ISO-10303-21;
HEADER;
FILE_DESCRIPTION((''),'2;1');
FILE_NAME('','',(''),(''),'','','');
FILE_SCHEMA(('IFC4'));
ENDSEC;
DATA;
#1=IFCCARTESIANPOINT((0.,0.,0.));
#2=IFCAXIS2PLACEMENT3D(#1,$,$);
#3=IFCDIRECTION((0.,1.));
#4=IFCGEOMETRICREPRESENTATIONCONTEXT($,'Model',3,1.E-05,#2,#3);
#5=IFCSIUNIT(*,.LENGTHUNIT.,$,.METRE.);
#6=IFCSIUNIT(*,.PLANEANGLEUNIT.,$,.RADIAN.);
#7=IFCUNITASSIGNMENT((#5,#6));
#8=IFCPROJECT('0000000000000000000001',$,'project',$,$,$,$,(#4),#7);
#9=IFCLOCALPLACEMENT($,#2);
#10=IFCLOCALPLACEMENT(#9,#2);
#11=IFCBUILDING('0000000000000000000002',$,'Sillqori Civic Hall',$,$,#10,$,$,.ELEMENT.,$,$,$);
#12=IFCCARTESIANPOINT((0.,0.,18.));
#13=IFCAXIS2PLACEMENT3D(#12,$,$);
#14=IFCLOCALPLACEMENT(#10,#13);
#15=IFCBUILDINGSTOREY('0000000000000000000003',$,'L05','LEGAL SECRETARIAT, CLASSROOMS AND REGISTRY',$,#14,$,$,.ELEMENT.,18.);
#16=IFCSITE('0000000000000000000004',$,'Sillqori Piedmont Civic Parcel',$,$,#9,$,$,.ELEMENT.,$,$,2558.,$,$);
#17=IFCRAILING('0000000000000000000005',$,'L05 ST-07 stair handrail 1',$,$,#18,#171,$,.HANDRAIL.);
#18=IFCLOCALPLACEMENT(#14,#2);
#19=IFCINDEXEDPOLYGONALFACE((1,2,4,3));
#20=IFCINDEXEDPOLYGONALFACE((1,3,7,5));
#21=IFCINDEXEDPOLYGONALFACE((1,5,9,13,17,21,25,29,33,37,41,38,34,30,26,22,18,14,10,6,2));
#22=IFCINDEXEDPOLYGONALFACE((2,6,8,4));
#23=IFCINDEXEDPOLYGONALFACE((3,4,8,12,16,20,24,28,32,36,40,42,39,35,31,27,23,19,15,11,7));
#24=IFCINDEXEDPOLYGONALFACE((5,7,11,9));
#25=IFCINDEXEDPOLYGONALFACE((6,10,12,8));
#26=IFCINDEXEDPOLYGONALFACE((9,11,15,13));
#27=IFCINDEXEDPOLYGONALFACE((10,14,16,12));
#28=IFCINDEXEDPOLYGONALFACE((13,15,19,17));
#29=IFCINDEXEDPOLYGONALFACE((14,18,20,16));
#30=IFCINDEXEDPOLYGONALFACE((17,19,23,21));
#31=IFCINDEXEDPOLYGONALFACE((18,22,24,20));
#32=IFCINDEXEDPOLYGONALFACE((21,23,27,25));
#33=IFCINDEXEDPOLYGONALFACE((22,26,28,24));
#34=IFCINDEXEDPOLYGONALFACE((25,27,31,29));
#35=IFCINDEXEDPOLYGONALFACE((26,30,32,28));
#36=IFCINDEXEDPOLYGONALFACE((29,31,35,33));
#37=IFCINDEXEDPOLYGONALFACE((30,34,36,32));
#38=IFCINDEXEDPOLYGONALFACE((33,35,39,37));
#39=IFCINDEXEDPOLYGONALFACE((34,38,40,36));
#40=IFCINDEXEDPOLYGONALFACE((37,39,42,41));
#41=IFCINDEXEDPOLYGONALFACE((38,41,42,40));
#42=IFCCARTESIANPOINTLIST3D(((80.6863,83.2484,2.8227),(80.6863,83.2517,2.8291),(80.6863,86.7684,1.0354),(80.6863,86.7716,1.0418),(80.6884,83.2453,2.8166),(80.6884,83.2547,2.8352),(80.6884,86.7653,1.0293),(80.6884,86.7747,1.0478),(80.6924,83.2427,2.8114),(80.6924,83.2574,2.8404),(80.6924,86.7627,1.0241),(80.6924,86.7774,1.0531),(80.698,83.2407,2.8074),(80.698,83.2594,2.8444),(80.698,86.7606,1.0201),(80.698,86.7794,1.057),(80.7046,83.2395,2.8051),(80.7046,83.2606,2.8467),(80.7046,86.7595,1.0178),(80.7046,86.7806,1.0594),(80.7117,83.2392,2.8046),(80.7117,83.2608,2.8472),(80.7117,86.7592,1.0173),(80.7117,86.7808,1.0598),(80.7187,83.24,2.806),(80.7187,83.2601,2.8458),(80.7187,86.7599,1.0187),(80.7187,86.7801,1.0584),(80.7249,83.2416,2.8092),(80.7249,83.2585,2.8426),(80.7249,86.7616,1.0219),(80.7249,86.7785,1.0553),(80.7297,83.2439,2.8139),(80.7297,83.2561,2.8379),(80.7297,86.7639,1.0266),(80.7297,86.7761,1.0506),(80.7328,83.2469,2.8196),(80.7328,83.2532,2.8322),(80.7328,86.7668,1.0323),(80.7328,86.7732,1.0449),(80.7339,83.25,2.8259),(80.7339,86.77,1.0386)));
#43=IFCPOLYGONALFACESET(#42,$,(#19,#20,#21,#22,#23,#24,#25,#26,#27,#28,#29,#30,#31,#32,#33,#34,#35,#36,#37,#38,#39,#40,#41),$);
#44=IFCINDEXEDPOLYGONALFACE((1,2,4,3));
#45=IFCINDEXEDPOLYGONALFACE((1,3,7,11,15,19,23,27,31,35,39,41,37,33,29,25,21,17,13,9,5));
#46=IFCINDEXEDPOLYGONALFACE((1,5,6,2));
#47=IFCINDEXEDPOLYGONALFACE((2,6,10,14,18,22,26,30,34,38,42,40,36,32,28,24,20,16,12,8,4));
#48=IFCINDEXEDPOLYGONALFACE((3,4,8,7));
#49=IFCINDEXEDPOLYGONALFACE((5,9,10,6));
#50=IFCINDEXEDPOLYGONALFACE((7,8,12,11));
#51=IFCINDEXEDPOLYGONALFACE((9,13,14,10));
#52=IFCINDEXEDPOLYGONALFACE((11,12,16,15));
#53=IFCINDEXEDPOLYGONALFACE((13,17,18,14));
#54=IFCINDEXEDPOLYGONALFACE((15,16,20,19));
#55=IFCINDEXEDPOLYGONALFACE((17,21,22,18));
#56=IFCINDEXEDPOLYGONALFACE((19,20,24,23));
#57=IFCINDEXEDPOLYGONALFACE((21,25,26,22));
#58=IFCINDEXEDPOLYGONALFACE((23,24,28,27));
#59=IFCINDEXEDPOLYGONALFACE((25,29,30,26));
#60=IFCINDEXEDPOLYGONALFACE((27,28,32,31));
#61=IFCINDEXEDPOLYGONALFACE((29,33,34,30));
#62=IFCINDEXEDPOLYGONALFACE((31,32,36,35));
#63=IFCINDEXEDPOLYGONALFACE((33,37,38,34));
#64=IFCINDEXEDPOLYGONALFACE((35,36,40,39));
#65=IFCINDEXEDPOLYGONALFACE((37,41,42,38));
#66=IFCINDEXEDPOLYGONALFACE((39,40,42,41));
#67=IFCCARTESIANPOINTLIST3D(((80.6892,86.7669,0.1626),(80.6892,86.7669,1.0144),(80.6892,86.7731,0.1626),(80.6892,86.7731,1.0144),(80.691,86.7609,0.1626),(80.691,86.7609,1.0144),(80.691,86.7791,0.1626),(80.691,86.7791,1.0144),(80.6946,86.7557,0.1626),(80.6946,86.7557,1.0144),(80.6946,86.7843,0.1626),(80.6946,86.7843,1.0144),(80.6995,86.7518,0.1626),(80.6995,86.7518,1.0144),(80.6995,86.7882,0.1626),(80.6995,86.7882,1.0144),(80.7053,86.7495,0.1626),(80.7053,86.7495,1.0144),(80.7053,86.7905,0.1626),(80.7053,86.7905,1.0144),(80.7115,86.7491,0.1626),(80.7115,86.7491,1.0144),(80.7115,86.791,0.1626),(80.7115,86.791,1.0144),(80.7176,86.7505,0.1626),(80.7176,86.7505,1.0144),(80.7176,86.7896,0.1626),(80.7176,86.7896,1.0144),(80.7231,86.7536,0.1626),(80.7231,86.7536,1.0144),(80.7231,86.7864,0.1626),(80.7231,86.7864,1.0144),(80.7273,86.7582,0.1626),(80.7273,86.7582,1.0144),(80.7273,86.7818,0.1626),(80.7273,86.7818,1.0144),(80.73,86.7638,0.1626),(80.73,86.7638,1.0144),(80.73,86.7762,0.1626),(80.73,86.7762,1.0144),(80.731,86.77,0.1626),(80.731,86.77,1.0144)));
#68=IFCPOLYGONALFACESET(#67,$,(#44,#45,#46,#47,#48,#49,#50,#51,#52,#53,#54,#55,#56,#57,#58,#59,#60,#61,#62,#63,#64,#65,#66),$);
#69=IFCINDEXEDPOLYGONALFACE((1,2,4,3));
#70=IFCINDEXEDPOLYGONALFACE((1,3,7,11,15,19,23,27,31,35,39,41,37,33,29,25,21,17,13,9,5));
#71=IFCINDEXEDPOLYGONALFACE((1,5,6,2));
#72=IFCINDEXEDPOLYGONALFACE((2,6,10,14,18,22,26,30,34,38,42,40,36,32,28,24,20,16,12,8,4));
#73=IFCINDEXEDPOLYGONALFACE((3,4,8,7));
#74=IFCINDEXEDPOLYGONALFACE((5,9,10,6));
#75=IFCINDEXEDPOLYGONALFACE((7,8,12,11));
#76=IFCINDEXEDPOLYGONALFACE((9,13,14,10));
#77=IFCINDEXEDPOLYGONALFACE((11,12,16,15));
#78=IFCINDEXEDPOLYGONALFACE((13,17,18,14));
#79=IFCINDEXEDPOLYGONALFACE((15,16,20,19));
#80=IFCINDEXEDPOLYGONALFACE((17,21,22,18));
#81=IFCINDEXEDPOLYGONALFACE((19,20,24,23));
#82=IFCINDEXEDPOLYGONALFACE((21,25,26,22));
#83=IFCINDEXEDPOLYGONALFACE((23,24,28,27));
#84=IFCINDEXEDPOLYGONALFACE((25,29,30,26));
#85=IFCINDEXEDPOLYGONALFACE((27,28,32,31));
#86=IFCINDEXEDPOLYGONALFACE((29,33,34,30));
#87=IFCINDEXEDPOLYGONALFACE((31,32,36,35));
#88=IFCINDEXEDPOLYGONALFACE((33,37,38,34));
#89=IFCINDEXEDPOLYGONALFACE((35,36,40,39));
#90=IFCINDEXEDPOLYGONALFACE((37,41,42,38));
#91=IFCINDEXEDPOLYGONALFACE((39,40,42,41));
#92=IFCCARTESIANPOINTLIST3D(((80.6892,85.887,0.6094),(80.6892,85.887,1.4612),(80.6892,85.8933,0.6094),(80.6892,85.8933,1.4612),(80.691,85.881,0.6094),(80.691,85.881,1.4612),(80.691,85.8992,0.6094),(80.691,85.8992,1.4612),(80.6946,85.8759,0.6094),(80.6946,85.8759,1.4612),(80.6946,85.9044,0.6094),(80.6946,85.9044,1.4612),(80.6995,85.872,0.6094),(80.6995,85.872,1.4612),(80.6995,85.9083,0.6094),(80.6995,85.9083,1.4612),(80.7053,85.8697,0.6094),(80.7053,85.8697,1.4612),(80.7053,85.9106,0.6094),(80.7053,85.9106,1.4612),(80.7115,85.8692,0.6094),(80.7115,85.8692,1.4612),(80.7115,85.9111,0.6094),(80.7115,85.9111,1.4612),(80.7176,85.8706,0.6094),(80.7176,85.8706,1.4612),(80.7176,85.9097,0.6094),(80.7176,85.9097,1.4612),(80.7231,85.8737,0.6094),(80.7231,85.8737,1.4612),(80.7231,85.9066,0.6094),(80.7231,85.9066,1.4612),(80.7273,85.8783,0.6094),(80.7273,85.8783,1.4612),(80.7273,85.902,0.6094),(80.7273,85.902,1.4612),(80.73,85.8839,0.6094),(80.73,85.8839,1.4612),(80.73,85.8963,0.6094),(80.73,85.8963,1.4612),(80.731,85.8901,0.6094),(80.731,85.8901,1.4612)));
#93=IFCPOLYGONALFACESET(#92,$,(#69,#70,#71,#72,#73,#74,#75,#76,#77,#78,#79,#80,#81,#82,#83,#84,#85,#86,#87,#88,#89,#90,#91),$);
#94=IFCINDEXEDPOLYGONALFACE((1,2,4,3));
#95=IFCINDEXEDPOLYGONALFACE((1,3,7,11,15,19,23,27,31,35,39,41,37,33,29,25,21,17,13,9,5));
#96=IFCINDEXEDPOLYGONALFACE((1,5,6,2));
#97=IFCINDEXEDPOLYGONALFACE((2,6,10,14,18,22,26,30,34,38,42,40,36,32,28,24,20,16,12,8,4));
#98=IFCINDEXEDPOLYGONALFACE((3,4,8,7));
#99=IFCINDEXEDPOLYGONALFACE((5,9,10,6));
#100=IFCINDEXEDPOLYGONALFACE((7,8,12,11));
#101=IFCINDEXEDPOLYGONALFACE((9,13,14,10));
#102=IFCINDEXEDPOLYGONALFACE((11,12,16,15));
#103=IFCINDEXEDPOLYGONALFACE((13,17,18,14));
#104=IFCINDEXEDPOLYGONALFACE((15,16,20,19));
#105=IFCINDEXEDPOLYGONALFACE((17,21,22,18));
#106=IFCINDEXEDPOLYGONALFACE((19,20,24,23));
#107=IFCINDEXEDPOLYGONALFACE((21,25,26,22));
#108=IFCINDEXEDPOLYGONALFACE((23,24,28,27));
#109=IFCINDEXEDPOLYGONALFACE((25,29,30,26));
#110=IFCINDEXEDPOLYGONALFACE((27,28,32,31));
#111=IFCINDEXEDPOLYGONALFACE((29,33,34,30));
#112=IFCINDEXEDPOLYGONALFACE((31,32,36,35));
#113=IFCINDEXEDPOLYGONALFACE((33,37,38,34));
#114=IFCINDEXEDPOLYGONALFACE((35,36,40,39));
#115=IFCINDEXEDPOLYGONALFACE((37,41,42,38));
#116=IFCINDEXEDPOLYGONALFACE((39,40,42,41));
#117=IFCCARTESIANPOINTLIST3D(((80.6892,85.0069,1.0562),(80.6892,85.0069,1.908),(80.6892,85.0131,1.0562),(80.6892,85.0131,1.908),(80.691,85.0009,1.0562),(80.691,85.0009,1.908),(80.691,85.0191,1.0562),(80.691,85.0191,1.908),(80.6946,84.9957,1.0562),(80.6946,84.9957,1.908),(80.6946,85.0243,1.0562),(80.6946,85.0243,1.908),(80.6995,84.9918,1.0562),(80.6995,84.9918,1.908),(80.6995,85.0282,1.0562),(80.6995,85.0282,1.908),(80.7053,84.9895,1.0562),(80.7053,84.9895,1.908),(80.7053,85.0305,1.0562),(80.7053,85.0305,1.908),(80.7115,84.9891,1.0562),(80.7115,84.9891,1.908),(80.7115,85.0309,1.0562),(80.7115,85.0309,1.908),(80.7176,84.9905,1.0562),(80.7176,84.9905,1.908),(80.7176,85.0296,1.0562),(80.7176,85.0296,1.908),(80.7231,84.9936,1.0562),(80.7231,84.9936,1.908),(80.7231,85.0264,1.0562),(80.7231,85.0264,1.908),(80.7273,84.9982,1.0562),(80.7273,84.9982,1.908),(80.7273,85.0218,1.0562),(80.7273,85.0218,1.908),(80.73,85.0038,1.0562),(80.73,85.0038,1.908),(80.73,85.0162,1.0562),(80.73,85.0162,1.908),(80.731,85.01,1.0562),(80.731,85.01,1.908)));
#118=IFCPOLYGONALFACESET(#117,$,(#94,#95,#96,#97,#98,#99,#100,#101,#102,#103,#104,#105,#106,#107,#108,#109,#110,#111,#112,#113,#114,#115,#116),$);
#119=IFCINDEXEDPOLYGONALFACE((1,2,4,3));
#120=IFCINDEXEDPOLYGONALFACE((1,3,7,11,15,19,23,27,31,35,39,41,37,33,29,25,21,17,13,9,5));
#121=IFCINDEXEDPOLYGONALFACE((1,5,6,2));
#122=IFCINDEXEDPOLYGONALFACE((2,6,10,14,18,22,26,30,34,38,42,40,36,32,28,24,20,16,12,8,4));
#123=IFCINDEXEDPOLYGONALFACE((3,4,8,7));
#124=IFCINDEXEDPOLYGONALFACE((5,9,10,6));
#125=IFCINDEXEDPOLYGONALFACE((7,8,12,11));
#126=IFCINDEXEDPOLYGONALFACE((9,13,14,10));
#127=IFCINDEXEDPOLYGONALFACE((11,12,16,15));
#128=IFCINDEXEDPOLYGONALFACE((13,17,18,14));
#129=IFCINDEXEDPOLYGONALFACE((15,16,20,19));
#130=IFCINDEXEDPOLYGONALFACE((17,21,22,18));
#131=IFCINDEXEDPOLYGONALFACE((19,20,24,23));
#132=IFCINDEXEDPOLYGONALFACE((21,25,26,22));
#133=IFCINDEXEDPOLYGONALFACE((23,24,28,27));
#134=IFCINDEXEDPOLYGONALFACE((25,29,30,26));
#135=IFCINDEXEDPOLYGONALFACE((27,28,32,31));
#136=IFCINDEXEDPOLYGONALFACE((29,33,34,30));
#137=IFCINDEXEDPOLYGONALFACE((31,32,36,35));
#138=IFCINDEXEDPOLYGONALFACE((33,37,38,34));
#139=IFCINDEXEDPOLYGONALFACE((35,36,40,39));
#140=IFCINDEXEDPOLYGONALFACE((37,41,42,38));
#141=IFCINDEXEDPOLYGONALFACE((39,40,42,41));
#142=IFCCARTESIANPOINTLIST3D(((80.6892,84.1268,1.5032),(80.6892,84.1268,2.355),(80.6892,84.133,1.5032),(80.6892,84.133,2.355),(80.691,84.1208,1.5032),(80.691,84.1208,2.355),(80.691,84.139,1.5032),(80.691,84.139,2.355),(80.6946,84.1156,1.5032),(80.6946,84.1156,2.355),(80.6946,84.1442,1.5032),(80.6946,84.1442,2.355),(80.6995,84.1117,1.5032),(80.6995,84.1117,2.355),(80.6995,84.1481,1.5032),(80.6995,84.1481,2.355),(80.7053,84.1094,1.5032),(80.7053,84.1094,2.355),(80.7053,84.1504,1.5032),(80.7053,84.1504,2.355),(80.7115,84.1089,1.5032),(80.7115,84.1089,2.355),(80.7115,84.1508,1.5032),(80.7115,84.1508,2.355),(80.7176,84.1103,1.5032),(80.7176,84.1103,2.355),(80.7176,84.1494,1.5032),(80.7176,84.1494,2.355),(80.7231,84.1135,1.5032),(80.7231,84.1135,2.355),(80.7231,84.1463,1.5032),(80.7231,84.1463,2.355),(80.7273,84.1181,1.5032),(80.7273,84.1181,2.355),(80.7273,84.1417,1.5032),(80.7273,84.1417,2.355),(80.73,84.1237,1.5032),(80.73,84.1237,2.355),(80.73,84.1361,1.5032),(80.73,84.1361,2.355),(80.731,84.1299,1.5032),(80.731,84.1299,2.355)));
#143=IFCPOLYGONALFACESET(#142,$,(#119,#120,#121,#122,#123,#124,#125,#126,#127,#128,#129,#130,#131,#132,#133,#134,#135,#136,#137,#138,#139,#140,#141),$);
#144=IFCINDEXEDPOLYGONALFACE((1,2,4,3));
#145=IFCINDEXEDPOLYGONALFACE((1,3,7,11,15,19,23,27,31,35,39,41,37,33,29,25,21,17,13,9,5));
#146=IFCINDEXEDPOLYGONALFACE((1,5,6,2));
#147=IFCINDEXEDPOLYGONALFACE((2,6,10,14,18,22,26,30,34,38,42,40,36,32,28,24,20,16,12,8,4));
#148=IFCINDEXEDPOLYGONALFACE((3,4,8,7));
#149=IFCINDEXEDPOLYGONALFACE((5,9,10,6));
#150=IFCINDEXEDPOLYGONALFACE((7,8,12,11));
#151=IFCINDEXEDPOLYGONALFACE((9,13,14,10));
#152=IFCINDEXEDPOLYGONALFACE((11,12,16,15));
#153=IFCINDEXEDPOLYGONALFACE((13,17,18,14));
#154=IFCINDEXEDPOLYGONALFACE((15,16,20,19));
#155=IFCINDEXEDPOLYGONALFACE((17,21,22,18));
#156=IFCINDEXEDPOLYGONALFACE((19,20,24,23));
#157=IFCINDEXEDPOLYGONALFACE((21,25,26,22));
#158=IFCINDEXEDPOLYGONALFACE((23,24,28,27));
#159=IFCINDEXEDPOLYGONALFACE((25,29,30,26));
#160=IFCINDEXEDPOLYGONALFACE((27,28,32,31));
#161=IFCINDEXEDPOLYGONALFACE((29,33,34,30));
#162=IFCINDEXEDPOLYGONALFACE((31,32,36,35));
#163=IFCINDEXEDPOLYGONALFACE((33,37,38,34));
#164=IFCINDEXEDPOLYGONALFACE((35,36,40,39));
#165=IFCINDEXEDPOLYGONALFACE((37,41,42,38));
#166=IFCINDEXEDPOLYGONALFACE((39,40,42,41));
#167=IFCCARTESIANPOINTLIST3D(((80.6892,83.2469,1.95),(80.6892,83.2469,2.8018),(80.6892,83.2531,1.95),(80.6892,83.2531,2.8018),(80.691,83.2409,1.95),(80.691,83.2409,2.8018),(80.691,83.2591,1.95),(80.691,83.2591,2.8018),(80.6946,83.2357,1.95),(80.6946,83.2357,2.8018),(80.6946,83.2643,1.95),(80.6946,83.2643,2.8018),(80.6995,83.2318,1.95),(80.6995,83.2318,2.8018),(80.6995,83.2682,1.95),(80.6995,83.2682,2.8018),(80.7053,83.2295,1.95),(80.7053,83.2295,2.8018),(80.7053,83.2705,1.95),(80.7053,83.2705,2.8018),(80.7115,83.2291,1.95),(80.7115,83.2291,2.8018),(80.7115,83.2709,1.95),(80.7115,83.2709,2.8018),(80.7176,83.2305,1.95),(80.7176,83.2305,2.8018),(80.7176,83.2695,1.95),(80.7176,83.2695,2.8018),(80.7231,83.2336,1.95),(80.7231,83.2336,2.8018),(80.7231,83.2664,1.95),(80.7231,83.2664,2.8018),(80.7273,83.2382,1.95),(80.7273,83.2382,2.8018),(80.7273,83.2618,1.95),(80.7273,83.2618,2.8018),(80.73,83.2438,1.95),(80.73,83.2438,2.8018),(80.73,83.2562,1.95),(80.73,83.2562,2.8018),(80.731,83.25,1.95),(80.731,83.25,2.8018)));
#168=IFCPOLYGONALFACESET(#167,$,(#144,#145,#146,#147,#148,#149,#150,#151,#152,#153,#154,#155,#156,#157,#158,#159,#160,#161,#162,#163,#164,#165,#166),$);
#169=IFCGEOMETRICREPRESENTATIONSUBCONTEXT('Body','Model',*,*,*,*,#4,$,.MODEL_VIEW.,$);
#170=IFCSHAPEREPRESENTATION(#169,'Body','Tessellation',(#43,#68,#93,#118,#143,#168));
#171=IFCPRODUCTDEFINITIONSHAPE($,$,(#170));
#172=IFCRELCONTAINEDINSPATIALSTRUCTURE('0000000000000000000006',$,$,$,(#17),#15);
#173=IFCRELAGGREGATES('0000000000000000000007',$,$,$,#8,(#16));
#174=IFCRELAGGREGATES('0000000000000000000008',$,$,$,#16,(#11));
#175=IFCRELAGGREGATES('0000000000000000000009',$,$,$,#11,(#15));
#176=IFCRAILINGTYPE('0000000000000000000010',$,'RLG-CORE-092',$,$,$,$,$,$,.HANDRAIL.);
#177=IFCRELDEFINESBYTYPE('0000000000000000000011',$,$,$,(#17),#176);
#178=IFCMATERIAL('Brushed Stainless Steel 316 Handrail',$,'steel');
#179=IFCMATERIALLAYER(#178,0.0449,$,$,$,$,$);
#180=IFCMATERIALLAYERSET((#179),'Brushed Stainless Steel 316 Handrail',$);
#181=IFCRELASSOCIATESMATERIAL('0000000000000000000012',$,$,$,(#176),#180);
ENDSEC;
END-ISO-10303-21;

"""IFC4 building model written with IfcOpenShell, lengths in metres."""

from ifc_helpers import new_model, si_unit, direction, frame, origin, origin_2d, place, context, subcontext, project, spatial, circle, extrude, material, layer, layer_set, type_object, element, save


model = new_model("IFC4")

# Units and contexts
model_context = context("Model", 3, precision=1e-05, world=origin(), true_north=direction((0.0, 1.0)))
body_context = subcontext(model_context, "Body", "Model", "MODEL_VIEW")
ifc_project = project(units=[si_unit("LENGTHUNIT", "METRE"), si_unit("PLANEANGLEUNIT", "RADIAN")], contexts=[model_context])

# Site, building, storey
site_placement = place(None, origin())
site = spatial("IfcSite", under=ifc_project, at=site_placement, Name="Sillqori Piedmont Civic Parcel", CompositionType="ELEMENT", RefElevation=2558.0)
building_placement = place(site_placement, origin())
building = spatial("IfcBuilding", under=site, at=building_placement, Name="Sillqori Civic Hall", CompositionType="ELEMENT")
storey_placement = place(building_placement, frame((0.0, 0.0, 18.0)))
storey = spatial("IfcBuildingStorey", under=building, at=storey_placement, Name="L05", Description="LEGAL SECRETARIAT, CLASSROOMS AND REGISTRY", CompositionType="ELEMENT", Elevation=18.0)

# Railing
ifc_material_1 = material(Name="Brushed Stainless Steel 316 Handrail", Category="steel")
ifc_layer_1 = layer(ifc_material_1, 0.0449)
ifc_layer_set_1 = layer_set([ifc_layer_1], Name="Brushed Stainless Steel 316 Handrail")
railing_type_1 = type_object("IfcRailingType", Name="RLG-CORE-092", PredefinedType="HANDRAIL", material=ifc_layer_set_1)
for number, where, name in (
    (1, (80.71, 86.77, 0.1626), "L05 ST-07 stair handrail 1"),
):
    element("IfcRailing", number, at=place(storey_placement, frame(where)), inside=storey, type_object=railing_type_1, Name=name, PredefinedType="HANDRAIL", context=body_context, shape_type="SweptSolid", body=[
        extrude(circle(Radius=0.0239, at=origin_2d()), frame((0.0, 0.0, 0.876), z_axis=(0.0, -0.89164, 0.452746), x_axis=(1.0, 0.0, 0.0)), (0.0, 0.0, 1.0), 3.9478),
        extrude(circle(Radius=0.021, at=origin_2d()), origin(), (0.0, 0.0, 1.0), 0.8518),
        extrude(circle(Radius=0.021, at=origin_2d()), frame((0.0, -0.8799, 0.4468)), (0.0, 0.0, 1.0), 0.8518),
        extrude(circle(Radius=0.021, at=origin_2d()), frame((0.0, -1.76, 0.8936)), (0.0, 0.0, 1.0), 0.8518),
        extrude(circle(Radius=0.021, at=origin_2d()), frame((0.0, -2.6401, 1.3406)), (0.0, 0.0, 1.0), 0.8518),
        extrude(circle(Radius=0.021, at=origin_2d()), frame((0.0, -3.52, 1.7874)), (0.0, 0.0, 1.0), 0.8518),
    ])

save(model, "model.ifc")
